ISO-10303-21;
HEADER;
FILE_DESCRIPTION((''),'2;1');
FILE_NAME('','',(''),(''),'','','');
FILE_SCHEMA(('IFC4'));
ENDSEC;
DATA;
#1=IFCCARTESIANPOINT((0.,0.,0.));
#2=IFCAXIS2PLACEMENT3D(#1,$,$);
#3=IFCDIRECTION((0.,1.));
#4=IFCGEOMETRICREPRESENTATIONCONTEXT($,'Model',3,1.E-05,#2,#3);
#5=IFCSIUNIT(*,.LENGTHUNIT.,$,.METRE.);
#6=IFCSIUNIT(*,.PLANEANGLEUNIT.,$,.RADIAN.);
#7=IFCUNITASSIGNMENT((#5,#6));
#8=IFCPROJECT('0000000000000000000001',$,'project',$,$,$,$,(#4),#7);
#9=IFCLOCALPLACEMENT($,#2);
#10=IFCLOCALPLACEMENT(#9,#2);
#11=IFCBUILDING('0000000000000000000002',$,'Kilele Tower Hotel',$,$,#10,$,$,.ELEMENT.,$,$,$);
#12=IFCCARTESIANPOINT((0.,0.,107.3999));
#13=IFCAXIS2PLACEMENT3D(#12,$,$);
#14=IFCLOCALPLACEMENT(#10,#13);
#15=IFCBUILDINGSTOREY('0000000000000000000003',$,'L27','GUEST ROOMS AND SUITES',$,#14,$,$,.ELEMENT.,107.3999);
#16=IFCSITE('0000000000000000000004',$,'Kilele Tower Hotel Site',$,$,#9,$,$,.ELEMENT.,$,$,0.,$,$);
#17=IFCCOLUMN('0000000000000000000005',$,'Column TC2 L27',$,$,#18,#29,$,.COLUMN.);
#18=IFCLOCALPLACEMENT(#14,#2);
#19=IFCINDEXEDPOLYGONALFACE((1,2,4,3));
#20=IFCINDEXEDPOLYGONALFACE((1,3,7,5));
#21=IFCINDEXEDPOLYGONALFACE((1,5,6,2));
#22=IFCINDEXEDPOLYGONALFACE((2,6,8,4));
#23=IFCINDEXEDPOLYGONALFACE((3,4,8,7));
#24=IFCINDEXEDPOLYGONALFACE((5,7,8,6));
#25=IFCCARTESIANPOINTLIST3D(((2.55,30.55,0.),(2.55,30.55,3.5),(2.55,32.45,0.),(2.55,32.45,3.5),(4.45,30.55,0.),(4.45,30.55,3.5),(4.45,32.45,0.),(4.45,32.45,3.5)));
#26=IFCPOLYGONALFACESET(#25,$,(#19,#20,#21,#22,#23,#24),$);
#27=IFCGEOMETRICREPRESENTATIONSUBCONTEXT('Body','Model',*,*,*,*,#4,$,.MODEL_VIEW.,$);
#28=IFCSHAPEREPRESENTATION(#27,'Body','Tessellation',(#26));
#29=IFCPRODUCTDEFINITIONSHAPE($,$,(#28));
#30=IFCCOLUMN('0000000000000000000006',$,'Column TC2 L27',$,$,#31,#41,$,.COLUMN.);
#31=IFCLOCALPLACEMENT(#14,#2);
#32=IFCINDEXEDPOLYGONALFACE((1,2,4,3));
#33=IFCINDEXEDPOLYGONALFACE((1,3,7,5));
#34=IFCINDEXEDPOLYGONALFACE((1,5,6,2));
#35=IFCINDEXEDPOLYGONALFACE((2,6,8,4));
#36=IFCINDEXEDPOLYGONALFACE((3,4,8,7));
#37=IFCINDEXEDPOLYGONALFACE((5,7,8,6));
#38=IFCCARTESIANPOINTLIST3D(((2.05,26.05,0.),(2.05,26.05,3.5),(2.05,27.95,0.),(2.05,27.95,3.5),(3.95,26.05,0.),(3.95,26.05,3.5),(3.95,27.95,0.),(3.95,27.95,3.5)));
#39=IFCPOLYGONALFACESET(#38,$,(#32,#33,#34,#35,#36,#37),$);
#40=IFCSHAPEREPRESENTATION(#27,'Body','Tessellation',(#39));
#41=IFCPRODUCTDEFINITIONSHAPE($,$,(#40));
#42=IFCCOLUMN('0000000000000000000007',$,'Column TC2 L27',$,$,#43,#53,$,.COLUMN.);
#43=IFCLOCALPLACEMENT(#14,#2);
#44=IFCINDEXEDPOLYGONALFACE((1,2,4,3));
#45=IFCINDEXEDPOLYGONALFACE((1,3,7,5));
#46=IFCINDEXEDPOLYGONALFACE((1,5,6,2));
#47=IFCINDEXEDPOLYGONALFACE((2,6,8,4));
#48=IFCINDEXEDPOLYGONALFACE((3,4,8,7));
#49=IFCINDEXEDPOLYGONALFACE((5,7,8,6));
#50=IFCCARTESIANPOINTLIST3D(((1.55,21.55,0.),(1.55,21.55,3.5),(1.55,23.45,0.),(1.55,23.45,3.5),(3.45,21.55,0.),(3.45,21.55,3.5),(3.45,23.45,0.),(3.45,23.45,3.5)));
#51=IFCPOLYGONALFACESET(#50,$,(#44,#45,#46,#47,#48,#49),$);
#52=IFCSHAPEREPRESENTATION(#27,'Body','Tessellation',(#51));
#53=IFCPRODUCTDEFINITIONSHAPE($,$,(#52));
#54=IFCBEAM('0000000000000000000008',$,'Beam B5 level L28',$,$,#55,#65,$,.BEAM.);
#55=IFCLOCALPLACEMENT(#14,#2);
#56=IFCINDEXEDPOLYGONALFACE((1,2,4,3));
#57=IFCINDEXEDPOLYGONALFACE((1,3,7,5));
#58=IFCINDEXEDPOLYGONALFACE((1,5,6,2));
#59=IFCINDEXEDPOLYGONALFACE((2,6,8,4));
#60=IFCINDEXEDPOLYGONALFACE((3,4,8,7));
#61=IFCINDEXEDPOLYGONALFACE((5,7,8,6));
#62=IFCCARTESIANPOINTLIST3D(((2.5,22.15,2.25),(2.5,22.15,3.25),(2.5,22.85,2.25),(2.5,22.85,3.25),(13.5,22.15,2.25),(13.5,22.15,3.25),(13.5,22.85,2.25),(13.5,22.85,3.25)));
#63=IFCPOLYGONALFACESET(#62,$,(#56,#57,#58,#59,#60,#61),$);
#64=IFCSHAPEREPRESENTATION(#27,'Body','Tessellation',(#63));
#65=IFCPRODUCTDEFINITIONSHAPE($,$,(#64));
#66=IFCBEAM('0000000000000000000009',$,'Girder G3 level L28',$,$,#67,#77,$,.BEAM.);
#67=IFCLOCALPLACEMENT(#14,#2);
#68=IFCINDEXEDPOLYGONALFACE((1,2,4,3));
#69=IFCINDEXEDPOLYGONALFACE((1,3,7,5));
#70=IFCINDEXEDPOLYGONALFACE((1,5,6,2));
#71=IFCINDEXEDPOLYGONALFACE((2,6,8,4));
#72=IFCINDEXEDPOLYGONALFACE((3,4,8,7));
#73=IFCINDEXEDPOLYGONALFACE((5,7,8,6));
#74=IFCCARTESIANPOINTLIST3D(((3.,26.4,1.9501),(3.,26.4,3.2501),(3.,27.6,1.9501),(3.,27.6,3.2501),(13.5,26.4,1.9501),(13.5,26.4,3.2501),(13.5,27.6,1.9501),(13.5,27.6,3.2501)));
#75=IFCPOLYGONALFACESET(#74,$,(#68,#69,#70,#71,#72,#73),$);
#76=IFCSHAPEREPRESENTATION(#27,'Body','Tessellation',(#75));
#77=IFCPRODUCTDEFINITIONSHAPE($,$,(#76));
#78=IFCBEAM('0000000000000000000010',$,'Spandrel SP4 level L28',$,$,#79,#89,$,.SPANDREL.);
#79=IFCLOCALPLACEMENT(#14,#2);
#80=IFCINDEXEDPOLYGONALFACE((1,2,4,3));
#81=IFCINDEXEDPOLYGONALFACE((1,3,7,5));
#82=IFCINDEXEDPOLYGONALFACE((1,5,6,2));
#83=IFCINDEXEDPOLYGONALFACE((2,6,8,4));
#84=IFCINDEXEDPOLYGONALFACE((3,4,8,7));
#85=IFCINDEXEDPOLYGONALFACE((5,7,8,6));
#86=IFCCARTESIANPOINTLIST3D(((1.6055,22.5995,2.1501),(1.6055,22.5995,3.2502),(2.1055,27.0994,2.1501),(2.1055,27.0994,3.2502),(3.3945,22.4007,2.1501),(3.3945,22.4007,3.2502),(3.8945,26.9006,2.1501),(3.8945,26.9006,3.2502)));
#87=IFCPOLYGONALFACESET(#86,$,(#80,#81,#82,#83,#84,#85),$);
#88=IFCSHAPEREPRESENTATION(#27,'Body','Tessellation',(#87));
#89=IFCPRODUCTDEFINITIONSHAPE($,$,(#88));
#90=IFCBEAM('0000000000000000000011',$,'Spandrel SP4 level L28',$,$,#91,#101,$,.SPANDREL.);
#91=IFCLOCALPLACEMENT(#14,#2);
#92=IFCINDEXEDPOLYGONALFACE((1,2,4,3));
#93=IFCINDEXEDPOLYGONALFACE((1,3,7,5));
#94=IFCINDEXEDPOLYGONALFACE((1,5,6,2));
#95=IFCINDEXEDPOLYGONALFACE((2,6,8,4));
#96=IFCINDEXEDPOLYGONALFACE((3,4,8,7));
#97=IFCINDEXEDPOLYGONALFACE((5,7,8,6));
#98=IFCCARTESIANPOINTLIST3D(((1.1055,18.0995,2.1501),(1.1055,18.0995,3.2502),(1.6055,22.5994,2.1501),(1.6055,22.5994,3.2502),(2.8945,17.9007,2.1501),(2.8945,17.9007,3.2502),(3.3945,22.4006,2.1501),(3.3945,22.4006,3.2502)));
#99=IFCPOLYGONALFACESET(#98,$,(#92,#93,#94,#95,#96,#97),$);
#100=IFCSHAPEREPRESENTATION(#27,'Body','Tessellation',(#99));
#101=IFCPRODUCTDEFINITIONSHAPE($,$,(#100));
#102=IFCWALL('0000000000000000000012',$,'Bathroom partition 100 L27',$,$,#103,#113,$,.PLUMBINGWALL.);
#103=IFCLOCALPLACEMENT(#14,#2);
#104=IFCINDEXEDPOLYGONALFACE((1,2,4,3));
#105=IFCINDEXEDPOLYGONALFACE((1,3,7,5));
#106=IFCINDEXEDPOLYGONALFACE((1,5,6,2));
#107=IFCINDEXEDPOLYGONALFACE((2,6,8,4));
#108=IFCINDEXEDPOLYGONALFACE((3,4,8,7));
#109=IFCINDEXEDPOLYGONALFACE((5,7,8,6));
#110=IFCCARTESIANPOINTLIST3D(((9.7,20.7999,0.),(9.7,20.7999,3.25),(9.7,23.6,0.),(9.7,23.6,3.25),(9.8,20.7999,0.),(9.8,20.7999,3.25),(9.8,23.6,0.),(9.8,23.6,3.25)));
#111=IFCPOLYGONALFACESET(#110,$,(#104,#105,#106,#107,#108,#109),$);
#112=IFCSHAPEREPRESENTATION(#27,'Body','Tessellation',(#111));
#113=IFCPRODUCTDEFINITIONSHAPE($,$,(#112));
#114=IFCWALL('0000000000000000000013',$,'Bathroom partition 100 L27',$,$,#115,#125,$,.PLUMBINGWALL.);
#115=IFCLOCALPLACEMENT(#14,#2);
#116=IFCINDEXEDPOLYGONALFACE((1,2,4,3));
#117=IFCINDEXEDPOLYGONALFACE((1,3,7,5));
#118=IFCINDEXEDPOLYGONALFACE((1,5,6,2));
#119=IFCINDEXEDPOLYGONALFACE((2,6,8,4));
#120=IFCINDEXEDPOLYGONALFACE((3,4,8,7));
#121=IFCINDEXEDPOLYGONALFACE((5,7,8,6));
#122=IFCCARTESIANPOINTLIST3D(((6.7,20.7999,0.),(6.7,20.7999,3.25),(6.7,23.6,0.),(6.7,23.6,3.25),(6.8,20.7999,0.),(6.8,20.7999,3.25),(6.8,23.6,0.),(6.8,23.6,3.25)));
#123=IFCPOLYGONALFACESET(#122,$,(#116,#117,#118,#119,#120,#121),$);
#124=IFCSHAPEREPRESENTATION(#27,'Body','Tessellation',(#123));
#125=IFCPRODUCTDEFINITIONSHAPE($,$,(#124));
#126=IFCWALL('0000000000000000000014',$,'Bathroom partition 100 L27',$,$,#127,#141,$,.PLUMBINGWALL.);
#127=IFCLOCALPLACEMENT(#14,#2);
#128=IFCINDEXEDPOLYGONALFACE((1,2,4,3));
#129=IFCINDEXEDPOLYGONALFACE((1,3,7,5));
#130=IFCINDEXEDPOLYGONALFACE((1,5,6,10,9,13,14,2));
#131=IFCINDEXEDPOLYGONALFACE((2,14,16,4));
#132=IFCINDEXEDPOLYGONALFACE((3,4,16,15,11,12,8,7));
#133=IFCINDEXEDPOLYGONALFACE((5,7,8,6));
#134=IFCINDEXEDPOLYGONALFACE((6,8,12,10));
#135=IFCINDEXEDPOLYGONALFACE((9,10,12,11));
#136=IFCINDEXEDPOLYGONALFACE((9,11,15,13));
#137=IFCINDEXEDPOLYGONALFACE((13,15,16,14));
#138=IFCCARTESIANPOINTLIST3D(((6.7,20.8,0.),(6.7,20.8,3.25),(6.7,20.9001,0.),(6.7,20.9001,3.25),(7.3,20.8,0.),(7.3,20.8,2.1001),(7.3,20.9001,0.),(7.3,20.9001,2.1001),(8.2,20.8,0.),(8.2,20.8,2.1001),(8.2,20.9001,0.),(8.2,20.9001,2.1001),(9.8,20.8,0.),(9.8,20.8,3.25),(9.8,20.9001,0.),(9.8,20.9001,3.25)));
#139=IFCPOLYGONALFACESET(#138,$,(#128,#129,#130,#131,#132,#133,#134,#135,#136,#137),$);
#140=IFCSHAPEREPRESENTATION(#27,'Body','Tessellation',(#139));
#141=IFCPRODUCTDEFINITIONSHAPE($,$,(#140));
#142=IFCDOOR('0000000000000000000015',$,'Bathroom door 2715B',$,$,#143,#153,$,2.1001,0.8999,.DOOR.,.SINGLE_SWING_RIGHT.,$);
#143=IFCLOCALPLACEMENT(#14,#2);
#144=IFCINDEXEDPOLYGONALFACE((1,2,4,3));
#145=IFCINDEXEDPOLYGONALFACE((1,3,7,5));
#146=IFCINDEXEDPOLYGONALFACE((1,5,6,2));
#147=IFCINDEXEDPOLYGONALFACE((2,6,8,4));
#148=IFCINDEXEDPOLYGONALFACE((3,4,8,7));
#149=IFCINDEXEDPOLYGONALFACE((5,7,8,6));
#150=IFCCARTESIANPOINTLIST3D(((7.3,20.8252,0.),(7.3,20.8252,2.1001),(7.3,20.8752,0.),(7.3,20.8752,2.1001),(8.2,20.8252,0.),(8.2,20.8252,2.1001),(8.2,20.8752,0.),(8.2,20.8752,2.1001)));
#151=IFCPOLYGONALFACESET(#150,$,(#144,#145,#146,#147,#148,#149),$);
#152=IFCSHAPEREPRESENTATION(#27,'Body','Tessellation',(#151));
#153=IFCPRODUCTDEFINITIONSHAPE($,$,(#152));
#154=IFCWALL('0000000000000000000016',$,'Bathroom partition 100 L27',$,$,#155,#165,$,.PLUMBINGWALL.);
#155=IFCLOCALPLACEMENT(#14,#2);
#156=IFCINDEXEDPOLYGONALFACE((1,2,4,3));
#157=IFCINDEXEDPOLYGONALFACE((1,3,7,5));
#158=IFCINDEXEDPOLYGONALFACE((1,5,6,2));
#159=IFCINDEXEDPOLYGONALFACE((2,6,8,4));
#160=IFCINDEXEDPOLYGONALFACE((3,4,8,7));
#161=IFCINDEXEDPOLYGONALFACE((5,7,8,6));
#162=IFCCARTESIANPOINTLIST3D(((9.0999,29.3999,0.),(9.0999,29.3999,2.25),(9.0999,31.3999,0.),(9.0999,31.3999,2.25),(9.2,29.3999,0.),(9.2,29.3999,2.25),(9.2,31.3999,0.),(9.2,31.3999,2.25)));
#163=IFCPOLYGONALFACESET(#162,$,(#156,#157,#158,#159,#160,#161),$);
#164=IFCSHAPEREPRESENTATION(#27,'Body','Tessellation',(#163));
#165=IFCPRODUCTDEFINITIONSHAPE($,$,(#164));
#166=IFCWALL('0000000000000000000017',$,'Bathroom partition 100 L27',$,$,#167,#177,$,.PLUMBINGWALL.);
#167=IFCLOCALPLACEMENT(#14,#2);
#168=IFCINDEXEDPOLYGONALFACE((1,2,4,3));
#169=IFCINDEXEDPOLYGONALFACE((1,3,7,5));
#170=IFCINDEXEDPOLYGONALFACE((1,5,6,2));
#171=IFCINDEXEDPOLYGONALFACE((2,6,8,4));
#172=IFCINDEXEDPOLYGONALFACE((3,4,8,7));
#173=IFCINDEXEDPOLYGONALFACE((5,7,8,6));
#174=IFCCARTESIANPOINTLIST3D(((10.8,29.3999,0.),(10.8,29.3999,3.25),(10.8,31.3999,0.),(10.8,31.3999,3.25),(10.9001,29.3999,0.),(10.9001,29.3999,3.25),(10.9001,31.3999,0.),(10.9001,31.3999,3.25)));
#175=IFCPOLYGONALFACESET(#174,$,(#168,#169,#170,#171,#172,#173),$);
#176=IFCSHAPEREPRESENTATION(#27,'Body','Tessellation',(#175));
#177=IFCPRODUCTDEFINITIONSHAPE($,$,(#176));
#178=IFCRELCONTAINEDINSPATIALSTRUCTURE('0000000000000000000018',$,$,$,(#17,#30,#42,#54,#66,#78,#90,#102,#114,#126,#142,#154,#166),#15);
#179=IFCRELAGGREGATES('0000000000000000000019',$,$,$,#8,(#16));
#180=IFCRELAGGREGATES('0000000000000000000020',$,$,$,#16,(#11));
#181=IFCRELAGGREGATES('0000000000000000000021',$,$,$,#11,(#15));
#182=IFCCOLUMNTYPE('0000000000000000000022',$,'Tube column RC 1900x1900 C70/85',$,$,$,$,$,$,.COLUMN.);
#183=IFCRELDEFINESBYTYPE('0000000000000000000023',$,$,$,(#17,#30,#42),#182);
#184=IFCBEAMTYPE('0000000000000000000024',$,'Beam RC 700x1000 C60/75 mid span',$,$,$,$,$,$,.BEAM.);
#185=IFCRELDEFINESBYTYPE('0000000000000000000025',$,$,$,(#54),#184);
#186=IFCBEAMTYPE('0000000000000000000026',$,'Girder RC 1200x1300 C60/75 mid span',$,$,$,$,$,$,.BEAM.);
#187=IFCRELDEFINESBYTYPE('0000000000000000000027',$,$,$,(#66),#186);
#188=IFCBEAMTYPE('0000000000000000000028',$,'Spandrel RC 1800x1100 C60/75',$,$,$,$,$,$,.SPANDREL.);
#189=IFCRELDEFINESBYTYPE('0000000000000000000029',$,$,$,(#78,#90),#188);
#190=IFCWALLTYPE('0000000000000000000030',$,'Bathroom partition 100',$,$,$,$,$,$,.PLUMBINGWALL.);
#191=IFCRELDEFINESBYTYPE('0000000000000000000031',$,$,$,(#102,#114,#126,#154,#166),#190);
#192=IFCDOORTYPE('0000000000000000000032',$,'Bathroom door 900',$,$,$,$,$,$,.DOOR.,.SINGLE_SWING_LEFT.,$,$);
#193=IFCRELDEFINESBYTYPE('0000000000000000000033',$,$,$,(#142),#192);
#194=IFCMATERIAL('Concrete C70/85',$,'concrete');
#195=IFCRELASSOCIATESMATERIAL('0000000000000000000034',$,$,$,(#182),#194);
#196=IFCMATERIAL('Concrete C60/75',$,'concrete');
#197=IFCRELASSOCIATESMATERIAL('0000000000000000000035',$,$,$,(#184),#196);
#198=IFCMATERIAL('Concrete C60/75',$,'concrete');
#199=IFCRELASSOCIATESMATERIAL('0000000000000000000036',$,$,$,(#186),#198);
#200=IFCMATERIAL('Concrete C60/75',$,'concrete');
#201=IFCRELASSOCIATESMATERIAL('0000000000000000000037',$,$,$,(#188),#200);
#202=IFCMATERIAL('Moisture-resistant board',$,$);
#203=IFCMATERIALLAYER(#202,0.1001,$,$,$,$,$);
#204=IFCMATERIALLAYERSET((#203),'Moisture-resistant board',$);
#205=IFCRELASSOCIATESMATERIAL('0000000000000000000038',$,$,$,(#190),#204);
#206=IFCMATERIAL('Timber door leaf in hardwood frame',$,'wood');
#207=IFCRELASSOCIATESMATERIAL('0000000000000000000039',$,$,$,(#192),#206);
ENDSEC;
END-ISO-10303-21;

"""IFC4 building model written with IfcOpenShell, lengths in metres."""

from ifc_helpers import new_model, si_unit, direction, frame, frame_2d, origin, origin_2d, place, context, subcontext, project, spatial, rectangle, extrude, material, layer, layer_set, material_profile, profile_set, type_object, element, fill, save


model = new_model("IFC4")

# Units and contexts
model_context = context("Model", 3, precision=1e-05, world=origin(), true_north=direction((0.0, 1.0)))
body_context = subcontext(model_context, "Body", "Model", "MODEL_VIEW")
ifc_project = project(units=[si_unit("LENGTHUNIT", "METRE"), si_unit("PLANEANGLEUNIT", "RADIAN")], contexts=[model_context])

# Site, building, storey
site_placement = place(None, origin())
site = spatial("IfcSite", under=ifc_project, at=site_placement, Name="Kilele Tower Hotel Site", CompositionType="ELEMENT", RefElevation=0.0)
building_placement = place(site_placement, origin())
building = spatial("IfcBuilding", under=site, at=building_placement, Name="Kilele Tower Hotel", CompositionType="ELEMENT")
storey_placement = place(building_placement, frame((0.0, 0.0, 107.3999)))
storey = spatial("IfcBuildingStorey", under=building, at=storey_placement, Name="L27", Description="GUEST ROOMS AND SUITES", CompositionType="ELEMENT", Elevation=107.3999)

# Columns
ifc_material_1 = material(Name="Concrete C70/85", Category="concrete")
ifc_material_profile_1 = material_profile(ifc_material_1, rectangle(XDim=1.8999, YDim=1.8999, at=origin_2d()))
ifc_profile_set_1 = profile_set([ifc_material_profile_1], Name="Concrete C70/85")
column_type = type_object("IfcColumnType", Name="Tube column RC 1900x1900 C70/85", PredefinedType="COLUMN", material=ifc_profile_set_1)
for number, where, z_axis, x_axis, name in (
    (1, (3.5, 31.5, 0.0), (0.0, 0.0, 1.0), (1.0, 0.0, 0.0), "Column TC2 L27"),
    (2, (3.0, 27.0, 0.0), (0.0, 0.0, 1.0), (1.0, 0.0, 0.0), "Column TC2 L27"),
    (3, (2.5, 22.5, 0.0), (0.0, 0.0, 1.0), (1.0, 0.0, 0.0), "Column TC2 L27"),
):
    element("IfcColumn", number, at=place(storey_placement, frame(where, z_axis=z_axis, x_axis=x_axis)), inside=storey, type_object=column_type, Name=name, PredefinedType="COLUMN", context=body_context, shape_type="SweptSolid", body=[
        extrude(rectangle(XDim=1.8999, YDim=1.8999, at=origin_2d()), origin(), (0.0, 0.0, 1.0), 3.5),
    ])

# Beams
ifc_material_2 = material(Name="Concrete C60/75", Category="concrete")
ifc_material_profile_2 = material_profile(ifc_material_2, rectangle(XDim=0.7, YDim=1.0, at=origin_2d()))
ifc_profile_set_2 = profile_set([ifc_material_profile_2], Name="Concrete C60/75")
beam_type_1 = type_object("IfcBeamType", Name="Beam RC 700x1000 C60/75 mid span", PredefinedType="BEAM", material=ifc_profile_set_2)
beam_1_placement = place(storey_placement, frame((2.5, 22.5, 2.75), z_axis=(1.0, 0.0, 0.0), x_axis=(0.0, 1.0, 0.0)))
element("IfcBeam", 4, at=beam_1_placement, inside=storey, type_object=beam_type_1, Name="Beam B5 level L28", PredefinedType="BEAM", context=body_context, shape_type="SweptSolid", body=[
    extrude(rectangle(XDim=0.7, YDim=1.0, at=origin_2d()), origin(), (0.0, 0.0, 1.0), 11.0),
])
ifc_material_3 = material(Name="Concrete C60/75", Category="concrete")
ifc_material_profile_3 = material_profile(ifc_material_3, rectangle(XDim=1.2, YDim=1.3, at=origin_2d()))
ifc_profile_set_3 = profile_set([ifc_material_profile_3], Name="Concrete C60/75")
beam_type_2 = type_object("IfcBeamType", Name="Girder RC 1200x1300 C60/75 mid span", PredefinedType="BEAM", material=ifc_profile_set_3)
beam_2_placement = place(storey_placement, frame((3.0, 27.0, 2.6001), z_axis=(1.0, 0.0, 0.0), x_axis=(0.0, 1.0, 0.0)))
element("IfcBeam", 5, at=beam_2_placement, inside=storey, type_object=beam_type_2, Name="Girder G3 level L28", PredefinedType="BEAM", context=body_context, shape_type="SweptSolid", body=[
    extrude(rectangle(XDim=1.2, YDim=1.3, at=origin_2d()), origin(), (0.0, 0.0, 1.0), 10.5),
])
ifc_material_4 = material(Name="Concrete C60/75", Category="concrete")
ifc_material_profile_4 = material_profile(ifc_material_4, rectangle(XDim=1.8, YDim=1.1001, at=origin_2d()))
ifc_profile_set_4 = profile_set([ifc_material_profile_4], Name="Concrete C60/75")
beam_type_3 = type_object("IfcBeamType", Name="Spandrel RC 1800x1100 C60/75", PredefinedType="SPANDREL", material=ifc_profile_set_4)
for number, where, z_axis, x_axis, name in (
    (6, (3.0, 27.0, 2.7002), (-0.110432, -0.993884, 0.0), (0.993884, -0.110432, 0.0), "Spandrel SP4 level L28"),
    (7, (2.5, 22.5, 2.7002), (-0.110432, -0.993884, 0.0), (0.993884, -0.110432, 0.0), "Spandrel SP4 level L28"),
):
    element("IfcBeam", number, at=place(storey_placement, frame(where, z_axis=z_axis, x_axis=x_axis)), inside=storey, type_object=beam_type_3, Name=name, PredefinedType="SPANDREL", context=body_context, shape_type="SweptSolid", body=[
        extrude(rectangle(XDim=1.8, YDim=1.1001, at=origin_2d()), origin(), (0.0, 0.0, 1.0), 4.5276),
    ])

# Walls
ifc_material_5 = material(Name="Moisture-resistant board")
ifc_layer_1 = layer(ifc_material_5, 0.1001)
ifc_layer_set_1 = layer_set([ifc_layer_1], Name="Moisture-resistant board")
wall_type_1 = type_object("IfcWallType", Name="Bathroom partition 100", PredefinedType="PLUMBINGWALL", material=ifc_layer_set_1)
for number, where, z_axis, x_axis, name in (
    (8, (9.75, 20.8, 0.0), (0.0, 0.0, 1.0), (0.0, 1.0, 0.0), "Bathroom partition 100 L27"),
    (9, (6.75, 20.8, 0.0), (0.0, 0.0, 1.0), (0.0, 1.0, 0.0), "Bathroom partition 100 L27"),
):
    element("IfcWall", number, at=place(storey_placement, frame(where, z_axis=z_axis, x_axis=x_axis)), inside=storey, type_object=wall_type_1, Name=name, PredefinedType="PLUMBINGWALL", context=body_context, shape_type="SweptSolid", body=[
        extrude(rectangle(XDim=2.8, YDim=0.1001, at=frame_2d((1.3999, 0.0))), origin(), (0.0, 0.0, 1.0), 3.25),
    ])

# Wall, opening, door
wall_1_placement = place(storey_placement, frame((9.8, 20.8501, 0.0), z_axis=(0.0, 0.0, 1.0), x_axis=(-1.0, 0.0, 0.0)))
wall_1 = element("IfcWall", 10, at=wall_1_placement, inside=storey, type_object=wall_type_1, Name="Bathroom partition 100 L27", PredefinedType="PLUMBINGWALL", context=body_context, shape_type="SweptSolid", body=[
    extrude(rectangle(XDim=3.1001, YDim=0.1001, at=frame_2d((1.55, 0.0))), origin(), (0.0, 0.0, 1.0), 3.25),
])
opening_1_placement = place(wall_1_placement, frame((1.6001, 0.0, 0.0)))
opening_1 = element("IfcOpeningElement", 11, at=opening_1_placement, cuts=wall_1, PredefinedType="OPENING", context=body_context, shape_type="SweptSolid", body=[
    extrude(rectangle(XDim=0.8999, YDim=2.1001, at=frame_2d((0.45, 1.05))), frame((0.0, 0.0601, 0.0), z_axis=(0.0, -1.0, 0.0), x_axis=(1.0, 0.0, 0.0)), (0.0, 0.0, 1.0), 0.1201),
])
ifc_material_6 = material(Name="Timber door leaf in hardwood frame", Category="wood")
door_type_1 = type_object("IfcDoorType", Name="Bathroom door 900", OperationType="SINGLE_SWING_LEFT", PredefinedType="DOOR", material=ifc_material_6)
door_1_placement = place(opening_1_placement, origin())
door_1 = element("IfcDoor", 12, at=door_1_placement, inside=storey, type_object=door_type_1, Name="Bathroom door 2715B", OperationType="SINGLE_SWING_RIGHT", OverallHeight=2.1001, OverallWidth=0.8999, PredefinedType="DOOR", context=body_context, shape_type="SweptSolid", body=[
    extrude(rectangle(XDim=0.8999, YDim=2.1001, at=frame_2d((0.45, 1.05))), frame((0.0, 0.0249, 0.0), z_axis=(0.0, -1.0, 0.0), x_axis=(1.0, 0.0, 0.0)), (0.0, 0.0, 1.0), 0.05),
])
fill(opening_1, door_1)

# Walls
wall_2_placement = place(storey_placement, frame((9.1499, 31.3999, 0.0), z_axis=(0.0, 0.0, 1.0), x_axis=(0.0, -1.0, 0.0)))
element("IfcWall", 13, at=wall_2_placement, inside=storey, type_object=wall_type_1, Name="Bathroom partition 100 L27", PredefinedType="PLUMBINGWALL", context=body_context, shape_type="SweptSolid", body=[
    extrude(rectangle(XDim=2.0, YDim=0.1001, at=frame_2d((1.0, 0.0))), origin(), (0.0, 0.0, 1.0), 2.25),
])
wall_3_placement = place(storey_placement, frame((10.8501, 31.3999, 0.0), z_axis=(0.0, 0.0, 1.0), x_axis=(0.0, -1.0, 0.0)))
element("IfcWall", 14, at=wall_3_placement, inside=storey, type_object=wall_type_1, Name="Bathroom partition 100 L27", PredefinedType="PLUMBINGWALL", context=body_context, shape_type="SweptSolid", body=[
    extrude(rectangle(XDim=2.0, YDim=0.1001, at=frame_2d((1.0, 0.0))), origin(), (0.0, 0.0, 1.0), 3.25),
])

save(model, "model.ifc")
